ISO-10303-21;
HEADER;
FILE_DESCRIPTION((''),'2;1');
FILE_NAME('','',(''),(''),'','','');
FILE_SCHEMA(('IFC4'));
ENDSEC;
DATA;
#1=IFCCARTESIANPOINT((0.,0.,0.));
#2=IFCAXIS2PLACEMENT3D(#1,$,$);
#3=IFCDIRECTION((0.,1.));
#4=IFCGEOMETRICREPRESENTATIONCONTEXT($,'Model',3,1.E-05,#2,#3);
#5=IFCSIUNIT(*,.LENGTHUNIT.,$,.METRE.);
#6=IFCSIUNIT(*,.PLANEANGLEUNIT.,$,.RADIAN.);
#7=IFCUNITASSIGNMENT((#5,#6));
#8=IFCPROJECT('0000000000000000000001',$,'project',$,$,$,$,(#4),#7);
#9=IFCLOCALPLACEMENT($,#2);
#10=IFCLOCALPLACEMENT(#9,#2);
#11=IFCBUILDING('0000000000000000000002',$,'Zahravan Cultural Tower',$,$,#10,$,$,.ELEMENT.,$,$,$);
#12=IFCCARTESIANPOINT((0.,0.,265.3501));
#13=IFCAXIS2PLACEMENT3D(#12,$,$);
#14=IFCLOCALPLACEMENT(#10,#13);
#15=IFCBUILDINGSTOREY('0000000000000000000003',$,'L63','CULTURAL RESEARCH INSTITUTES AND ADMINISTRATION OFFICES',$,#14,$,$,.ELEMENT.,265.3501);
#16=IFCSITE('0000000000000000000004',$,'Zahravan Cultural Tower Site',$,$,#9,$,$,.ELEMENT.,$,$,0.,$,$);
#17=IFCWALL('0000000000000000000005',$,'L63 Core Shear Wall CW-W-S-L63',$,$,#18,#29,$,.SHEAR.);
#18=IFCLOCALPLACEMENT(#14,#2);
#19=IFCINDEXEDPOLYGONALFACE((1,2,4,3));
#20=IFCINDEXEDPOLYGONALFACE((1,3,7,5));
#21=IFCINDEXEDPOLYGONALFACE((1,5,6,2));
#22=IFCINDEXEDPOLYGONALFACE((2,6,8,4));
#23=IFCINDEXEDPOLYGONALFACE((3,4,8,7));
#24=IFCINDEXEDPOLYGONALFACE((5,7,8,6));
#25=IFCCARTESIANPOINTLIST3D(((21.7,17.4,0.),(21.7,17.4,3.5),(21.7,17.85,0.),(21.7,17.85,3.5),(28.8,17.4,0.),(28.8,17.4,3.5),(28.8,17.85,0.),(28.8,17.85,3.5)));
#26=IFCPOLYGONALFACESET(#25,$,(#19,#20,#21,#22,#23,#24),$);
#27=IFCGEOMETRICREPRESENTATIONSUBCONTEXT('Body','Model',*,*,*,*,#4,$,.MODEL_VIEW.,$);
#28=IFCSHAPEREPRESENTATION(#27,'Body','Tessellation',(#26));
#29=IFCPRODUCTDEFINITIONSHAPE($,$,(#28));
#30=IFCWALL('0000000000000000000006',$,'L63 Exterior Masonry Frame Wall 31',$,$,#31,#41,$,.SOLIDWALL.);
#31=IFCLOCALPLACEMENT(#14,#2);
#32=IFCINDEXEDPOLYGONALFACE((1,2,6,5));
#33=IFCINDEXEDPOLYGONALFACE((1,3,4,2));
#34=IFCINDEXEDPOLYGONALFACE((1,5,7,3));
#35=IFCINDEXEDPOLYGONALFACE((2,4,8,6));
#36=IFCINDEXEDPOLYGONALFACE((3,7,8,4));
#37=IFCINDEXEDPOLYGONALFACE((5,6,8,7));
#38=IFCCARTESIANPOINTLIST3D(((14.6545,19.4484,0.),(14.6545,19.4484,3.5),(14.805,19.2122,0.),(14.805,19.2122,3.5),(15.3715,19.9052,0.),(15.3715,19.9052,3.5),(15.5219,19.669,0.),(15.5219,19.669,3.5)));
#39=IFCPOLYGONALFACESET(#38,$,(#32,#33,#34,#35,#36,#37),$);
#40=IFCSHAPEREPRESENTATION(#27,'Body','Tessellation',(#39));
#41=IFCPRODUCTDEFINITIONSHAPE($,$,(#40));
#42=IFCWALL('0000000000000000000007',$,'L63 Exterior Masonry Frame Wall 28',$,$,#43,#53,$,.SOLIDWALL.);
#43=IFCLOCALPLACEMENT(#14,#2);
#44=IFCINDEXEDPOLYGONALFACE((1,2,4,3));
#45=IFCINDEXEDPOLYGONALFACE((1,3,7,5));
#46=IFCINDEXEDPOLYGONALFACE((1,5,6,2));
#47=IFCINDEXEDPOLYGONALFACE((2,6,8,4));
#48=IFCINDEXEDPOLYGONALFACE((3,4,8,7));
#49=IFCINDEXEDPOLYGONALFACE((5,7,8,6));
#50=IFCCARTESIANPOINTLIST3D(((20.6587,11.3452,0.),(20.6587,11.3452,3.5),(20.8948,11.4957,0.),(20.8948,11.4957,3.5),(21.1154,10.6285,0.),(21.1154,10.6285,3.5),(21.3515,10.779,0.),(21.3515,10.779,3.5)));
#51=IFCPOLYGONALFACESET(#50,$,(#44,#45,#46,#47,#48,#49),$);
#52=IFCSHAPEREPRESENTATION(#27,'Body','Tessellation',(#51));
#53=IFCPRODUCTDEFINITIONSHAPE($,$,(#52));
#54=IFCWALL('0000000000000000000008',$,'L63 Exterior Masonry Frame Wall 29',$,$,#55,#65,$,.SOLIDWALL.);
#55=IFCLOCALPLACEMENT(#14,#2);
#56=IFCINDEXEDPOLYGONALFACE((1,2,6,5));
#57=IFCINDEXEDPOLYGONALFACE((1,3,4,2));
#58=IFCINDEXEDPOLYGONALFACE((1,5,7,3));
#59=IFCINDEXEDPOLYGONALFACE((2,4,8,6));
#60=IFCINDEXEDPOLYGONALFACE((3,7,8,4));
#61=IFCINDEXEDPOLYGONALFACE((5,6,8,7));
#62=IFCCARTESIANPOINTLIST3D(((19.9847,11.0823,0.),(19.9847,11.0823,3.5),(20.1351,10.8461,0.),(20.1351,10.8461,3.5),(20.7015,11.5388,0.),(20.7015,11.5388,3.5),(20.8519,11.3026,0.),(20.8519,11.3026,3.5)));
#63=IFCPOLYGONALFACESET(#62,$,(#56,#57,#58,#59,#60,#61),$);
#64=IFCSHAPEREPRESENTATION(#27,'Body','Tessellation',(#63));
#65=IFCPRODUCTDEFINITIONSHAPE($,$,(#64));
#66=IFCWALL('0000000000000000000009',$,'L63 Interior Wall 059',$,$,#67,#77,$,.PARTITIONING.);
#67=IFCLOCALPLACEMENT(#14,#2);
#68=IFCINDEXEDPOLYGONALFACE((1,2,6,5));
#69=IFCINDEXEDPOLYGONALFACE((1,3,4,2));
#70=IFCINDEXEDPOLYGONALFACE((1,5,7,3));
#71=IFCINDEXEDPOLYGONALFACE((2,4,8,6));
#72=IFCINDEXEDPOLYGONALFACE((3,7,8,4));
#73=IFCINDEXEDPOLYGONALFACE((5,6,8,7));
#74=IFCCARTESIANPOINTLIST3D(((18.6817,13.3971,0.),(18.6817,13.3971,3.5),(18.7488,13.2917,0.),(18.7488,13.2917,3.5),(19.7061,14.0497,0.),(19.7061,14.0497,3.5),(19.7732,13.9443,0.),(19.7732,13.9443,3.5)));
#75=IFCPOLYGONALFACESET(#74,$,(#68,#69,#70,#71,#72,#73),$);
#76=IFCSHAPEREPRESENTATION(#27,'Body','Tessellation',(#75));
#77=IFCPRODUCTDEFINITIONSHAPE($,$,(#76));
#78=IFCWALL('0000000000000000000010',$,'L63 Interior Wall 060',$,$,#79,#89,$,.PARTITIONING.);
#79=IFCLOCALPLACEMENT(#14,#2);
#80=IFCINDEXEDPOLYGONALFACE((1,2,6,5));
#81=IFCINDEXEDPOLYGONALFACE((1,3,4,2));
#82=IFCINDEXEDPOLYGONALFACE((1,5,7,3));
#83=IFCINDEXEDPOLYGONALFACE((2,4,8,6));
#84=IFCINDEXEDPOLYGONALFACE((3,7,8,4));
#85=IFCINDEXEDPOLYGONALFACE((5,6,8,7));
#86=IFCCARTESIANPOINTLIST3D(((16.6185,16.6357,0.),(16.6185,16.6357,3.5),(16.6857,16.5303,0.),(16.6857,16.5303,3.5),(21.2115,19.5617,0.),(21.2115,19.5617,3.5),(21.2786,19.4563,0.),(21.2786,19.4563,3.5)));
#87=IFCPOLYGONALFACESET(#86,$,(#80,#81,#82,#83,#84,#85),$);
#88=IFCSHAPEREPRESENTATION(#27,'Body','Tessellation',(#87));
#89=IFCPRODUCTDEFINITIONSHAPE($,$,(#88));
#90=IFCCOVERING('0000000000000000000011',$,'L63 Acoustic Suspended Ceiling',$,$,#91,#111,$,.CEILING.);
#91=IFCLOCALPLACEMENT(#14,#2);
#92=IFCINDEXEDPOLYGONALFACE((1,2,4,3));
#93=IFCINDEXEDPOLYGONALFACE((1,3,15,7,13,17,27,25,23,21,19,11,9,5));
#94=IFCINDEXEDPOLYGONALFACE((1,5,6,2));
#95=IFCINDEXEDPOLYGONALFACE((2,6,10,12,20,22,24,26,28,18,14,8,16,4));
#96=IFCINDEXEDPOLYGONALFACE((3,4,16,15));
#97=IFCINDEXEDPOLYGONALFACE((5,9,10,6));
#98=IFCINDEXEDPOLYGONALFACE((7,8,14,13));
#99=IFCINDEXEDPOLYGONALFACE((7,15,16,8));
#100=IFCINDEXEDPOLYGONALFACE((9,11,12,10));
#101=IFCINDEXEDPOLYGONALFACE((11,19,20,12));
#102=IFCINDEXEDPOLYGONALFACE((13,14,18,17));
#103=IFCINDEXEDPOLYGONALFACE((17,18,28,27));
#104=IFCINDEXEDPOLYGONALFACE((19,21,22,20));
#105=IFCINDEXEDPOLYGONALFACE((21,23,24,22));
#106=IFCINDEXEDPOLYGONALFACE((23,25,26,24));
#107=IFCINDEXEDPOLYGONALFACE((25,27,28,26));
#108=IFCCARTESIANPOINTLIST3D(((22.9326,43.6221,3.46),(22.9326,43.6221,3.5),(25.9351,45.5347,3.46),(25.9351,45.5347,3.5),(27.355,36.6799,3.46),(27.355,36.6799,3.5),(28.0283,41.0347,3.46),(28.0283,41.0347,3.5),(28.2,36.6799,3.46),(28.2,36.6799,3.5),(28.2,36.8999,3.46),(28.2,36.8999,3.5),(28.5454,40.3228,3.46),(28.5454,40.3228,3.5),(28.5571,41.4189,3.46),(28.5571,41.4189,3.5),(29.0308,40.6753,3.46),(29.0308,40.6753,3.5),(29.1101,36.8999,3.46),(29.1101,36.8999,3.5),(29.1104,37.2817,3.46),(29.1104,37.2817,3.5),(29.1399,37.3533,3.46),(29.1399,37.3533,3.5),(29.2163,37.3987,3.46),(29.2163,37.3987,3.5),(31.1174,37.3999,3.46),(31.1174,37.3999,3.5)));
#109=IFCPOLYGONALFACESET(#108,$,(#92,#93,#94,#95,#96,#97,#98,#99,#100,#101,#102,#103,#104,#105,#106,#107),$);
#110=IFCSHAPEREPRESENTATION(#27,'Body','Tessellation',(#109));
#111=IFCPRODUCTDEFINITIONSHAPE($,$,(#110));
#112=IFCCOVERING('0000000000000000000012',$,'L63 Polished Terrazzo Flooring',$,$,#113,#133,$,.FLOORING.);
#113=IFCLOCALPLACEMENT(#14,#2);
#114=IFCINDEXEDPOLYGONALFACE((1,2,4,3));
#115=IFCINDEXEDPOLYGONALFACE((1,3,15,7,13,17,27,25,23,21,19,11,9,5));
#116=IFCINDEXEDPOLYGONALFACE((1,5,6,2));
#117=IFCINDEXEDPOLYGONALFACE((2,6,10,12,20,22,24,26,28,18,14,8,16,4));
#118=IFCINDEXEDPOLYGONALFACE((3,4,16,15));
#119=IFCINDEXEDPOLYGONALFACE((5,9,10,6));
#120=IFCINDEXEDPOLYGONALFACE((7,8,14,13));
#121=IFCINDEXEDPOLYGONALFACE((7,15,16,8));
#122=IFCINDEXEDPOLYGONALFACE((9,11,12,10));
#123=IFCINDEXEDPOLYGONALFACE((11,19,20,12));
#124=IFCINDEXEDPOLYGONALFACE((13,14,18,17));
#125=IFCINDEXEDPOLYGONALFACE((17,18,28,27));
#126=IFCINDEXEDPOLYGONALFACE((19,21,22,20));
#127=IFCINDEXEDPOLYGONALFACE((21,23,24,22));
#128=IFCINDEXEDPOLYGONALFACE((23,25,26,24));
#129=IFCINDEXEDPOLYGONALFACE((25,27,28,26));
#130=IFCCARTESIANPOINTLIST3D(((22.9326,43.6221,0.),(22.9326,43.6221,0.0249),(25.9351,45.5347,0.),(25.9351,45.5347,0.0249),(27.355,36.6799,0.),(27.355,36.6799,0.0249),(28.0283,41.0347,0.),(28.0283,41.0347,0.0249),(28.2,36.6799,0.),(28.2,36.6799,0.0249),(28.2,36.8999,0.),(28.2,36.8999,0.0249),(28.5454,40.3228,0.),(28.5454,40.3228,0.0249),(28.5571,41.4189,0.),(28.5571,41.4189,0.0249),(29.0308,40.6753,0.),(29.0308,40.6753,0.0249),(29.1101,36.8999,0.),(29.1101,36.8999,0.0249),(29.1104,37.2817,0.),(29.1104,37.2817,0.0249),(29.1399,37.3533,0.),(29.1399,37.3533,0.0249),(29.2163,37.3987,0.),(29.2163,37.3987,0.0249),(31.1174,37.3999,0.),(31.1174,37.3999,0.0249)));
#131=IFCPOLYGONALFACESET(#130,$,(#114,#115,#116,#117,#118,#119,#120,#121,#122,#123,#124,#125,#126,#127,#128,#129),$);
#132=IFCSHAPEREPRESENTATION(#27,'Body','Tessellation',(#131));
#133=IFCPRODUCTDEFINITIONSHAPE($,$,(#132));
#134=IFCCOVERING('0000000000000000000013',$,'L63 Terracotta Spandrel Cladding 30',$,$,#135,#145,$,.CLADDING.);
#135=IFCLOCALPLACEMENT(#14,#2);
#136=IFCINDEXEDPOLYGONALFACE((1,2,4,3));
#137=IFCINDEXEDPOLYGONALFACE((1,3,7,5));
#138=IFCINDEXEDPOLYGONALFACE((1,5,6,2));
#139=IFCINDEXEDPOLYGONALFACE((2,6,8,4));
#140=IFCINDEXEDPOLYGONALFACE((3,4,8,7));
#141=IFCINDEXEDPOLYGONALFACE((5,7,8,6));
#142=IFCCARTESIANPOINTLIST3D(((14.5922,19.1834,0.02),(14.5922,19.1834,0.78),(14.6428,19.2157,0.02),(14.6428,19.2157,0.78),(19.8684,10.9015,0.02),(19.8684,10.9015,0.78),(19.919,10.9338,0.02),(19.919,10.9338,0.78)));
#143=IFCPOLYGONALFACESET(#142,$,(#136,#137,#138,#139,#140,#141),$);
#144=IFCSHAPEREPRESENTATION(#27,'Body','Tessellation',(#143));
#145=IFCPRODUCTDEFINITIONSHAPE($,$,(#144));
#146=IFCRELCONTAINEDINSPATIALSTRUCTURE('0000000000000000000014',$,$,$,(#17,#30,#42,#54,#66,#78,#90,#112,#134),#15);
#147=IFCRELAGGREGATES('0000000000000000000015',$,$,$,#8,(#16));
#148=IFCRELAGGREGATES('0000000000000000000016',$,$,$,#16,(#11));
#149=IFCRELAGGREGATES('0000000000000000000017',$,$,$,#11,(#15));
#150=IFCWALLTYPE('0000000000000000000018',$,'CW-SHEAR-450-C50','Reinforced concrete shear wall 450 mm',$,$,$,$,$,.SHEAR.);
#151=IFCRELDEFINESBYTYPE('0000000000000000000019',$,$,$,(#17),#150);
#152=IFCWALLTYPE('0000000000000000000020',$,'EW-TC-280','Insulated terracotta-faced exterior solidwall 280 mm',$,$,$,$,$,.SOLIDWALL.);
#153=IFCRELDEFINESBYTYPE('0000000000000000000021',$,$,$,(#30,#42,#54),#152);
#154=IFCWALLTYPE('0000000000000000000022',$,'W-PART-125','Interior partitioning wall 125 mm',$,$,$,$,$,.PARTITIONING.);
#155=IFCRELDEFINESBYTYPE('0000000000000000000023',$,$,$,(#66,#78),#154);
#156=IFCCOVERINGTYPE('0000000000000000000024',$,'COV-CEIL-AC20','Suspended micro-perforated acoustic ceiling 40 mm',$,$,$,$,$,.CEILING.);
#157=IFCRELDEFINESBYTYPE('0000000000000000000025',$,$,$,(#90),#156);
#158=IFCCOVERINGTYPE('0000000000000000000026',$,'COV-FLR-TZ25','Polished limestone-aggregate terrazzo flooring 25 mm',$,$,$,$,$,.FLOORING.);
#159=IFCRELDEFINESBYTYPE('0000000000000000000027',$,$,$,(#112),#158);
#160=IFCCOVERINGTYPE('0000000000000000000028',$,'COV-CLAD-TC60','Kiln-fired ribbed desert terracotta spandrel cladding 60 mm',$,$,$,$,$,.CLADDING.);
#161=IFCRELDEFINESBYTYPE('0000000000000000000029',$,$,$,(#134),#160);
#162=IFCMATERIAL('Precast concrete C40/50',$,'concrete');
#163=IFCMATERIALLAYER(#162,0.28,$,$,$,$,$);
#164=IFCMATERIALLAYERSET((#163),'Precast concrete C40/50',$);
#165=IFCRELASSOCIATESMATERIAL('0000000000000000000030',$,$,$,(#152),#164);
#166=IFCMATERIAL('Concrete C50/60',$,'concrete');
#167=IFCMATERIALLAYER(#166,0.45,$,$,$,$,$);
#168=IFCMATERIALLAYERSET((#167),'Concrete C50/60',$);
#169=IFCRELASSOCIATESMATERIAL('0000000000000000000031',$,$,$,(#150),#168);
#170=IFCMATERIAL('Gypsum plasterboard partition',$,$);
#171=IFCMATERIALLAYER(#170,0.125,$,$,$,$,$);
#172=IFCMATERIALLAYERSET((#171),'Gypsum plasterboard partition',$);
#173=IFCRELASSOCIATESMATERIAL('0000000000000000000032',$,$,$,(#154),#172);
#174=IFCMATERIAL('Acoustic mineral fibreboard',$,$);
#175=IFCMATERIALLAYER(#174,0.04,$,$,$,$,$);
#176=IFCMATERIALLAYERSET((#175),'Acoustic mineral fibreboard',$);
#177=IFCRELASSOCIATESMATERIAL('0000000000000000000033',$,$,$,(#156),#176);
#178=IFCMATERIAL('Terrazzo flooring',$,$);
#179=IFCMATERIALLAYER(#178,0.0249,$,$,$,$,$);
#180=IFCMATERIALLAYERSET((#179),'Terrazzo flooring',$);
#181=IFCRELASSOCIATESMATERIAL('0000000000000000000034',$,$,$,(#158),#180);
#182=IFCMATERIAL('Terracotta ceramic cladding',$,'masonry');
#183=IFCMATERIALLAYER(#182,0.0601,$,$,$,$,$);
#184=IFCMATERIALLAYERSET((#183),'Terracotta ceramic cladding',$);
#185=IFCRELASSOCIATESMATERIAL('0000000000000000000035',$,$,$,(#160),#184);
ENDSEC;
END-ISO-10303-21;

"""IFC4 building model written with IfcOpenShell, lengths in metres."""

from ifc_helpers import new_model, si_unit, direction, frame, frame_2d, origin, origin_2d, place, context, subcontext, project, spatial, polyline, rectangle, outline, extrude, source, transform, mapped, material, layer, layer_set, type_object, element, save


model = new_model("IFC4")

# Units and contexts
model_context = context("Model", 3, precision=1e-05, world=origin(), true_north=direction((0.0, 1.0)))
body_context = subcontext(model_context, "Body", "Model", "MODEL_VIEW")
ifc_project = project(units=[si_unit("LENGTHUNIT", "METRE"), si_unit("PLANEANGLEUNIT", "RADIAN")], contexts=[model_context])

# Site, building, storey
site_placement = place(None, origin())
site = spatial("IfcSite", under=ifc_project, at=site_placement, Name="Zahravan Cultural Tower Site", CompositionType="ELEMENT", RefElevation=0.0)
building_placement = place(site_placement, origin())
building = spatial("IfcBuilding", under=site, at=building_placement, Name="Zahravan Cultural Tower", CompositionType="ELEMENT")
storey_placement = place(building_placement, frame((0.0, 0.0, 265.3501)))
storey = spatial("IfcBuildingStorey", under=building, at=storey_placement, Name="L63", Description="CULTURAL RESEARCH INSTITUTES AND ADMINISTRATION OFFICES", CompositionType="ELEMENT", Elevation=265.3501)

# Shared definitions
ifc_material_1 = material(Name="Concrete C50/60", Category="concrete")

# Shared definitions
ifc_material_2 = material(Name="Precast concrete C40/50", Category="concrete")
ifc_layer_1 = layer(ifc_material_2, 0.28)
ifc_layer_set_1 = layer_set([ifc_layer_1], Name="Precast concrete C40/50")
wall_type_1 = type_object("IfcWallType", Name="EW-TC-280", Description="Insulated terracotta-faced exterior solidwall 280 mm", PredefinedType="SOLIDWALL", material=ifc_layer_set_1)

# Walls
ifc_layer_2 = layer(ifc_material_1, 0.45)
ifc_layer_set_2 = layer_set([ifc_layer_2], Name="Concrete C50/60")
wall_type_2 = type_object("IfcWallType", Name="CW-SHEAR-450-C50", Description="Reinforced concrete shear wall 450 mm", PredefinedType="SHEAR", material=ifc_layer_set_2)
shared_shape_1 = source(origin(), body_context, "Body", "SweptSolid", [
    extrude(rectangle(XDim=7.1001, YDim=0.45, at=frame_2d((3.55, 0.0))), origin(), (0.0, 0.0, 1.0), 3.5),
])
wall_1_placement = place(storey_placement, frame((21.7, 17.625, 0.0), z_axis=(0.0, 0.0, 1.0), x_axis=(1.0, 0.0, 0.0)))
element("IfcWall", 1, at=wall_1_placement, inside=storey, type_object=wall_type_2, Name="L63 Core Shear Wall CW-W-S-L63", PredefinedType="SHEAR", context=body_context, shape_type="MappedRepresentation", body=[
    mapped(shared_shape_1, transform((0.0, 0.0, 0.0), x_axis=(1.0, 0.0, 0.0), y_axis=(0.0, 1.0, 0.0), z_axis=(0.0, 0.0, 1.0), scale=1.0)),
])
shared_shape_2 = source(origin(), body_context, "Body", "SweptSolid", [
    extrude(rectangle(XDim=0.8501, YDim=0.28, at=frame_2d((0.425, 0.0))), origin(), (0.0, 0.0, 1.0), 3.5),
])
wall_2_placement = place(storey_placement, frame((14.7297, 19.3303, 0.0), z_axis=(0.0, 0.0, 1.0), x_axis=(0.843401, 0.537284, 0.0)))
element("IfcWall", 2, at=wall_2_placement, inside=storey, type_object=wall_type_1, Name="L63 Exterior Masonry Frame Wall 31", PredefinedType="SOLIDWALL", context=body_context, shape_type="MappedRepresentation", body=[
    mapped(shared_shape_2, transform((0.0, 0.0, 0.0), x_axis=(1.0, 0.0, 0.0), y_axis=(0.0, 1.0, 0.0), z_axis=(0.0, 0.0, 1.0), scale=1.0)),
])
shared_shape_3 = source(origin(), body_context, "Body", "SweptSolid", [
    extrude(rectangle(XDim=0.8499, YDim=0.28, at=frame_2d((0.4248, 0.0))), origin(), (0.0, 0.0, 1.0), 3.5),
])
for number, where, z_axis, x_axis, name in (
    (3, (21.2334, 10.7039, 0.0), (0.0, 0.0, 1.0), (-0.537414, 0.843318, 0.0), "L63 Exterior Masonry Frame Wall 28"),
    (4, (20.7766, 11.4207, 0.0), (0.0, 0.0, 1.0), (-0.843448, -0.53721, 0.0), "L63 Exterior Masonry Frame Wall 29"),
):
    element("IfcWall", number, at=place(storey_placement, frame(where, z_axis=z_axis, x_axis=x_axis)), inside=storey, type_object=wall_type_1, Name=name, PredefinedType="SOLIDWALL", context=body_context, shape_type="MappedRepresentation", body=[
        mapped(shared_shape_3, transform((0.0, 0.0, 0.0), x_axis=(1.0, 0.0, 0.0), y_axis=(0.0, 1.0, 0.0), z_axis=(0.0, 0.0, 1.0), scale=1.0)),
    ])
ifc_material_3 = material(Name="Gypsum plasterboard partition")
ifc_layer_3 = layer(ifc_material_3, 0.125)
ifc_layer_set_3 = layer_set([ifc_layer_3], Name="Gypsum plasterboard partition")
wall_type_3 = type_object("IfcWallType", Name="W-PART-125", Description="Interior partitioning wall 125 mm", PredefinedType="PARTITIONING", material=ifc_layer_set_3)
shared_shape_4 = source(origin(), body_context, "Body", "SweptSolid", [
    extrude(rectangle(XDim=1.2146, YDim=0.125, at=frame_2d((0.6074, 0.0))), origin(), (0.0, 0.0, 1.0), 3.5),
])
wall_3_placement = place(storey_placement, frame((19.7397, 13.9971, 0.0), z_axis=(0.0, 0.0, 1.0), x_axis=(-0.843405, -0.537279, 0.0)))
element("IfcWall", 5, at=wall_3_placement, inside=storey, type_object=wall_type_3, Name="L63 Interior Wall 059", PredefinedType="PARTITIONING", context=body_context, shape_type="MappedRepresentation", body=[
    mapped(shared_shape_4, transform((0.0, 0.0, 0.0), x_axis=(1.0, 0.0, 0.0), y_axis=(0.0, 1.0, 0.0), z_axis=(0.0, 0.0, 1.0), scale=1.0)),
])
shared_shape_5 = source(origin(), body_context, "Body", "SweptSolid", [
    extrude(rectangle(XDim=5.4458, YDim=0.125, at=frame_2d((2.7229, 0.0))), origin(), (0.0, 0.0, 1.0), 3.5),
])
wall_4_placement = place(storey_placement, frame((16.6521, 16.583, 0.0), z_axis=(0.0, 0.0, 1.0), x_axis=(0.843396, 0.537293, 0.0)))
element("IfcWall", 6, at=wall_4_placement, inside=storey, type_object=wall_type_3, Name="L63 Interior Wall 060", PredefinedType="PARTITIONING", context=body_context, shape_type="MappedRepresentation", body=[
    mapped(shared_shape_5, transform((0.0, 0.0, 0.0), x_axis=(1.0, 0.0, 0.0), y_axis=(0.0, 1.0, 0.0), z_axis=(0.0, 0.0, 1.0), scale=1.0)),
])

# Coverings
ifc_material_4 = material(Name="Acoustic mineral fibreboard")
ifc_layer_4 = layer(ifc_material_4, 0.04)
ifc_layer_set_4 = layer_set([ifc_layer_4], Name="Acoustic mineral fibreboard")
covering_type_1 = type_object("IfcCoveringType", Name="COV-CEIL-AC20", Description="Suspended micro-perforated acoustic ceiling 40 mm", PredefinedType="CEILING", material=ifc_layer_set_4)
covering_1_placement = place(storey_placement, frame((0.0, 0.0, 3.46)))
element("IfcCovering", 7, at=covering_1_placement, inside=storey, type_object=covering_type_1, Name="L63 Acoustic Suspended Ceiling", PredefinedType="CEILING", context=body_context, shape_type="SweptSolid", body=[
    extrude(outline(polyline([(28.5454, 40.3228), (28.0283, 41.0347), (28.5571, 41.4189), (25.9351, 45.5347), (22.9326, 43.6221), (27.355, 36.6799), (28.2, 36.6799), (28.2, 36.8999), (29.1101, 36.8999), (29.1104, 37.2817), (29.1399, 37.3533), (29.2163, 37.3987), (31.1174, 37.3999), (29.0308, 40.6753), (28.5454, 40.3228)])), origin(), (0.0, 0.0, 1.0), 0.04),
])
ifc_material_5 = material(Name="Terrazzo flooring")
ifc_layer_5 = layer(ifc_material_5, 0.0249)
ifc_layer_set_5 = layer_set([ifc_layer_5], Name="Terrazzo flooring")
covering_type_2 = type_object("IfcCoveringType", Name="COV-FLR-TZ25", Description="Polished limestone-aggregate terrazzo flooring 25 mm", PredefinedType="FLOORING", material=ifc_layer_set_5)
covering_2_placement = place(storey_placement, origin())
element("IfcCovering", 8, at=covering_2_placement, inside=storey, type_object=covering_type_2, Name="L63 Polished Terrazzo Flooring", PredefinedType="FLOORING", context=body_context, shape_type="SweptSolid", body=[
    extrude(outline(polyline([(28.5454, 40.3228), (28.0283, 41.0347), (28.5571, 41.4189), (25.9351, 45.5347), (22.9326, 43.6221), (27.355, 36.6799), (28.2, 36.6799), (28.2, 36.8999), (29.1101, 36.8999), (29.1104, 37.2817), (29.1399, 37.3533), (29.2163, 37.3987), (31.1174, 37.3999), (29.0308, 40.6753), (28.5454, 40.3228)])), origin(), (0.0, 0.0, 1.0), 0.0249),
])
ifc_material_6 = material(Name="Terracotta ceramic cladding", Category="masonry")
ifc_layer_6 = layer(ifc_material_6, 0.0601)
ifc_layer_set_6 = layer_set([ifc_layer_6], Name="Terracotta ceramic cladding")
covering_type_3 = type_object("IfcCoveringType", Name="COV-CLAD-TC60", Description="Kiln-fired ribbed desert terracotta spandrel cladding 60 mm", PredefinedType="CLADDING", material=ifc_layer_set_6)
shared_shape_6 = source(origin(), body_context, "Body", "SweptSolid", [
    extrude(rectangle(XDim=9.8198, YDim=0.0601, at=origin_2d()), origin(), (0.0, 0.0, 1.0), 0.76),
])
covering_3_placement = place(storey_placement, frame((17.2556, 15.0586, 0.02), z_axis=(0.0, 0.0, 1.0), x_axis=(-0.5373, 0.843391, 0.0)))
element("IfcCovering", 9, at=covering_3_placement, inside=storey, type_object=covering_type_3, Name="L63 Terracotta Spandrel Cladding 30", PredefinedType="CLADDING", context=body_context, shape_type="MappedRepresentation", body=[
    mapped(shared_shape_6, transform((0.0, 0.0, 0.0), x_axis=(1.0, 0.0, 0.0), y_axis=(0.0, 1.0, 0.0), z_axis=(0.0, 0.0, 1.0), scale=1.0)),
])

save(model, "model.ifc")
